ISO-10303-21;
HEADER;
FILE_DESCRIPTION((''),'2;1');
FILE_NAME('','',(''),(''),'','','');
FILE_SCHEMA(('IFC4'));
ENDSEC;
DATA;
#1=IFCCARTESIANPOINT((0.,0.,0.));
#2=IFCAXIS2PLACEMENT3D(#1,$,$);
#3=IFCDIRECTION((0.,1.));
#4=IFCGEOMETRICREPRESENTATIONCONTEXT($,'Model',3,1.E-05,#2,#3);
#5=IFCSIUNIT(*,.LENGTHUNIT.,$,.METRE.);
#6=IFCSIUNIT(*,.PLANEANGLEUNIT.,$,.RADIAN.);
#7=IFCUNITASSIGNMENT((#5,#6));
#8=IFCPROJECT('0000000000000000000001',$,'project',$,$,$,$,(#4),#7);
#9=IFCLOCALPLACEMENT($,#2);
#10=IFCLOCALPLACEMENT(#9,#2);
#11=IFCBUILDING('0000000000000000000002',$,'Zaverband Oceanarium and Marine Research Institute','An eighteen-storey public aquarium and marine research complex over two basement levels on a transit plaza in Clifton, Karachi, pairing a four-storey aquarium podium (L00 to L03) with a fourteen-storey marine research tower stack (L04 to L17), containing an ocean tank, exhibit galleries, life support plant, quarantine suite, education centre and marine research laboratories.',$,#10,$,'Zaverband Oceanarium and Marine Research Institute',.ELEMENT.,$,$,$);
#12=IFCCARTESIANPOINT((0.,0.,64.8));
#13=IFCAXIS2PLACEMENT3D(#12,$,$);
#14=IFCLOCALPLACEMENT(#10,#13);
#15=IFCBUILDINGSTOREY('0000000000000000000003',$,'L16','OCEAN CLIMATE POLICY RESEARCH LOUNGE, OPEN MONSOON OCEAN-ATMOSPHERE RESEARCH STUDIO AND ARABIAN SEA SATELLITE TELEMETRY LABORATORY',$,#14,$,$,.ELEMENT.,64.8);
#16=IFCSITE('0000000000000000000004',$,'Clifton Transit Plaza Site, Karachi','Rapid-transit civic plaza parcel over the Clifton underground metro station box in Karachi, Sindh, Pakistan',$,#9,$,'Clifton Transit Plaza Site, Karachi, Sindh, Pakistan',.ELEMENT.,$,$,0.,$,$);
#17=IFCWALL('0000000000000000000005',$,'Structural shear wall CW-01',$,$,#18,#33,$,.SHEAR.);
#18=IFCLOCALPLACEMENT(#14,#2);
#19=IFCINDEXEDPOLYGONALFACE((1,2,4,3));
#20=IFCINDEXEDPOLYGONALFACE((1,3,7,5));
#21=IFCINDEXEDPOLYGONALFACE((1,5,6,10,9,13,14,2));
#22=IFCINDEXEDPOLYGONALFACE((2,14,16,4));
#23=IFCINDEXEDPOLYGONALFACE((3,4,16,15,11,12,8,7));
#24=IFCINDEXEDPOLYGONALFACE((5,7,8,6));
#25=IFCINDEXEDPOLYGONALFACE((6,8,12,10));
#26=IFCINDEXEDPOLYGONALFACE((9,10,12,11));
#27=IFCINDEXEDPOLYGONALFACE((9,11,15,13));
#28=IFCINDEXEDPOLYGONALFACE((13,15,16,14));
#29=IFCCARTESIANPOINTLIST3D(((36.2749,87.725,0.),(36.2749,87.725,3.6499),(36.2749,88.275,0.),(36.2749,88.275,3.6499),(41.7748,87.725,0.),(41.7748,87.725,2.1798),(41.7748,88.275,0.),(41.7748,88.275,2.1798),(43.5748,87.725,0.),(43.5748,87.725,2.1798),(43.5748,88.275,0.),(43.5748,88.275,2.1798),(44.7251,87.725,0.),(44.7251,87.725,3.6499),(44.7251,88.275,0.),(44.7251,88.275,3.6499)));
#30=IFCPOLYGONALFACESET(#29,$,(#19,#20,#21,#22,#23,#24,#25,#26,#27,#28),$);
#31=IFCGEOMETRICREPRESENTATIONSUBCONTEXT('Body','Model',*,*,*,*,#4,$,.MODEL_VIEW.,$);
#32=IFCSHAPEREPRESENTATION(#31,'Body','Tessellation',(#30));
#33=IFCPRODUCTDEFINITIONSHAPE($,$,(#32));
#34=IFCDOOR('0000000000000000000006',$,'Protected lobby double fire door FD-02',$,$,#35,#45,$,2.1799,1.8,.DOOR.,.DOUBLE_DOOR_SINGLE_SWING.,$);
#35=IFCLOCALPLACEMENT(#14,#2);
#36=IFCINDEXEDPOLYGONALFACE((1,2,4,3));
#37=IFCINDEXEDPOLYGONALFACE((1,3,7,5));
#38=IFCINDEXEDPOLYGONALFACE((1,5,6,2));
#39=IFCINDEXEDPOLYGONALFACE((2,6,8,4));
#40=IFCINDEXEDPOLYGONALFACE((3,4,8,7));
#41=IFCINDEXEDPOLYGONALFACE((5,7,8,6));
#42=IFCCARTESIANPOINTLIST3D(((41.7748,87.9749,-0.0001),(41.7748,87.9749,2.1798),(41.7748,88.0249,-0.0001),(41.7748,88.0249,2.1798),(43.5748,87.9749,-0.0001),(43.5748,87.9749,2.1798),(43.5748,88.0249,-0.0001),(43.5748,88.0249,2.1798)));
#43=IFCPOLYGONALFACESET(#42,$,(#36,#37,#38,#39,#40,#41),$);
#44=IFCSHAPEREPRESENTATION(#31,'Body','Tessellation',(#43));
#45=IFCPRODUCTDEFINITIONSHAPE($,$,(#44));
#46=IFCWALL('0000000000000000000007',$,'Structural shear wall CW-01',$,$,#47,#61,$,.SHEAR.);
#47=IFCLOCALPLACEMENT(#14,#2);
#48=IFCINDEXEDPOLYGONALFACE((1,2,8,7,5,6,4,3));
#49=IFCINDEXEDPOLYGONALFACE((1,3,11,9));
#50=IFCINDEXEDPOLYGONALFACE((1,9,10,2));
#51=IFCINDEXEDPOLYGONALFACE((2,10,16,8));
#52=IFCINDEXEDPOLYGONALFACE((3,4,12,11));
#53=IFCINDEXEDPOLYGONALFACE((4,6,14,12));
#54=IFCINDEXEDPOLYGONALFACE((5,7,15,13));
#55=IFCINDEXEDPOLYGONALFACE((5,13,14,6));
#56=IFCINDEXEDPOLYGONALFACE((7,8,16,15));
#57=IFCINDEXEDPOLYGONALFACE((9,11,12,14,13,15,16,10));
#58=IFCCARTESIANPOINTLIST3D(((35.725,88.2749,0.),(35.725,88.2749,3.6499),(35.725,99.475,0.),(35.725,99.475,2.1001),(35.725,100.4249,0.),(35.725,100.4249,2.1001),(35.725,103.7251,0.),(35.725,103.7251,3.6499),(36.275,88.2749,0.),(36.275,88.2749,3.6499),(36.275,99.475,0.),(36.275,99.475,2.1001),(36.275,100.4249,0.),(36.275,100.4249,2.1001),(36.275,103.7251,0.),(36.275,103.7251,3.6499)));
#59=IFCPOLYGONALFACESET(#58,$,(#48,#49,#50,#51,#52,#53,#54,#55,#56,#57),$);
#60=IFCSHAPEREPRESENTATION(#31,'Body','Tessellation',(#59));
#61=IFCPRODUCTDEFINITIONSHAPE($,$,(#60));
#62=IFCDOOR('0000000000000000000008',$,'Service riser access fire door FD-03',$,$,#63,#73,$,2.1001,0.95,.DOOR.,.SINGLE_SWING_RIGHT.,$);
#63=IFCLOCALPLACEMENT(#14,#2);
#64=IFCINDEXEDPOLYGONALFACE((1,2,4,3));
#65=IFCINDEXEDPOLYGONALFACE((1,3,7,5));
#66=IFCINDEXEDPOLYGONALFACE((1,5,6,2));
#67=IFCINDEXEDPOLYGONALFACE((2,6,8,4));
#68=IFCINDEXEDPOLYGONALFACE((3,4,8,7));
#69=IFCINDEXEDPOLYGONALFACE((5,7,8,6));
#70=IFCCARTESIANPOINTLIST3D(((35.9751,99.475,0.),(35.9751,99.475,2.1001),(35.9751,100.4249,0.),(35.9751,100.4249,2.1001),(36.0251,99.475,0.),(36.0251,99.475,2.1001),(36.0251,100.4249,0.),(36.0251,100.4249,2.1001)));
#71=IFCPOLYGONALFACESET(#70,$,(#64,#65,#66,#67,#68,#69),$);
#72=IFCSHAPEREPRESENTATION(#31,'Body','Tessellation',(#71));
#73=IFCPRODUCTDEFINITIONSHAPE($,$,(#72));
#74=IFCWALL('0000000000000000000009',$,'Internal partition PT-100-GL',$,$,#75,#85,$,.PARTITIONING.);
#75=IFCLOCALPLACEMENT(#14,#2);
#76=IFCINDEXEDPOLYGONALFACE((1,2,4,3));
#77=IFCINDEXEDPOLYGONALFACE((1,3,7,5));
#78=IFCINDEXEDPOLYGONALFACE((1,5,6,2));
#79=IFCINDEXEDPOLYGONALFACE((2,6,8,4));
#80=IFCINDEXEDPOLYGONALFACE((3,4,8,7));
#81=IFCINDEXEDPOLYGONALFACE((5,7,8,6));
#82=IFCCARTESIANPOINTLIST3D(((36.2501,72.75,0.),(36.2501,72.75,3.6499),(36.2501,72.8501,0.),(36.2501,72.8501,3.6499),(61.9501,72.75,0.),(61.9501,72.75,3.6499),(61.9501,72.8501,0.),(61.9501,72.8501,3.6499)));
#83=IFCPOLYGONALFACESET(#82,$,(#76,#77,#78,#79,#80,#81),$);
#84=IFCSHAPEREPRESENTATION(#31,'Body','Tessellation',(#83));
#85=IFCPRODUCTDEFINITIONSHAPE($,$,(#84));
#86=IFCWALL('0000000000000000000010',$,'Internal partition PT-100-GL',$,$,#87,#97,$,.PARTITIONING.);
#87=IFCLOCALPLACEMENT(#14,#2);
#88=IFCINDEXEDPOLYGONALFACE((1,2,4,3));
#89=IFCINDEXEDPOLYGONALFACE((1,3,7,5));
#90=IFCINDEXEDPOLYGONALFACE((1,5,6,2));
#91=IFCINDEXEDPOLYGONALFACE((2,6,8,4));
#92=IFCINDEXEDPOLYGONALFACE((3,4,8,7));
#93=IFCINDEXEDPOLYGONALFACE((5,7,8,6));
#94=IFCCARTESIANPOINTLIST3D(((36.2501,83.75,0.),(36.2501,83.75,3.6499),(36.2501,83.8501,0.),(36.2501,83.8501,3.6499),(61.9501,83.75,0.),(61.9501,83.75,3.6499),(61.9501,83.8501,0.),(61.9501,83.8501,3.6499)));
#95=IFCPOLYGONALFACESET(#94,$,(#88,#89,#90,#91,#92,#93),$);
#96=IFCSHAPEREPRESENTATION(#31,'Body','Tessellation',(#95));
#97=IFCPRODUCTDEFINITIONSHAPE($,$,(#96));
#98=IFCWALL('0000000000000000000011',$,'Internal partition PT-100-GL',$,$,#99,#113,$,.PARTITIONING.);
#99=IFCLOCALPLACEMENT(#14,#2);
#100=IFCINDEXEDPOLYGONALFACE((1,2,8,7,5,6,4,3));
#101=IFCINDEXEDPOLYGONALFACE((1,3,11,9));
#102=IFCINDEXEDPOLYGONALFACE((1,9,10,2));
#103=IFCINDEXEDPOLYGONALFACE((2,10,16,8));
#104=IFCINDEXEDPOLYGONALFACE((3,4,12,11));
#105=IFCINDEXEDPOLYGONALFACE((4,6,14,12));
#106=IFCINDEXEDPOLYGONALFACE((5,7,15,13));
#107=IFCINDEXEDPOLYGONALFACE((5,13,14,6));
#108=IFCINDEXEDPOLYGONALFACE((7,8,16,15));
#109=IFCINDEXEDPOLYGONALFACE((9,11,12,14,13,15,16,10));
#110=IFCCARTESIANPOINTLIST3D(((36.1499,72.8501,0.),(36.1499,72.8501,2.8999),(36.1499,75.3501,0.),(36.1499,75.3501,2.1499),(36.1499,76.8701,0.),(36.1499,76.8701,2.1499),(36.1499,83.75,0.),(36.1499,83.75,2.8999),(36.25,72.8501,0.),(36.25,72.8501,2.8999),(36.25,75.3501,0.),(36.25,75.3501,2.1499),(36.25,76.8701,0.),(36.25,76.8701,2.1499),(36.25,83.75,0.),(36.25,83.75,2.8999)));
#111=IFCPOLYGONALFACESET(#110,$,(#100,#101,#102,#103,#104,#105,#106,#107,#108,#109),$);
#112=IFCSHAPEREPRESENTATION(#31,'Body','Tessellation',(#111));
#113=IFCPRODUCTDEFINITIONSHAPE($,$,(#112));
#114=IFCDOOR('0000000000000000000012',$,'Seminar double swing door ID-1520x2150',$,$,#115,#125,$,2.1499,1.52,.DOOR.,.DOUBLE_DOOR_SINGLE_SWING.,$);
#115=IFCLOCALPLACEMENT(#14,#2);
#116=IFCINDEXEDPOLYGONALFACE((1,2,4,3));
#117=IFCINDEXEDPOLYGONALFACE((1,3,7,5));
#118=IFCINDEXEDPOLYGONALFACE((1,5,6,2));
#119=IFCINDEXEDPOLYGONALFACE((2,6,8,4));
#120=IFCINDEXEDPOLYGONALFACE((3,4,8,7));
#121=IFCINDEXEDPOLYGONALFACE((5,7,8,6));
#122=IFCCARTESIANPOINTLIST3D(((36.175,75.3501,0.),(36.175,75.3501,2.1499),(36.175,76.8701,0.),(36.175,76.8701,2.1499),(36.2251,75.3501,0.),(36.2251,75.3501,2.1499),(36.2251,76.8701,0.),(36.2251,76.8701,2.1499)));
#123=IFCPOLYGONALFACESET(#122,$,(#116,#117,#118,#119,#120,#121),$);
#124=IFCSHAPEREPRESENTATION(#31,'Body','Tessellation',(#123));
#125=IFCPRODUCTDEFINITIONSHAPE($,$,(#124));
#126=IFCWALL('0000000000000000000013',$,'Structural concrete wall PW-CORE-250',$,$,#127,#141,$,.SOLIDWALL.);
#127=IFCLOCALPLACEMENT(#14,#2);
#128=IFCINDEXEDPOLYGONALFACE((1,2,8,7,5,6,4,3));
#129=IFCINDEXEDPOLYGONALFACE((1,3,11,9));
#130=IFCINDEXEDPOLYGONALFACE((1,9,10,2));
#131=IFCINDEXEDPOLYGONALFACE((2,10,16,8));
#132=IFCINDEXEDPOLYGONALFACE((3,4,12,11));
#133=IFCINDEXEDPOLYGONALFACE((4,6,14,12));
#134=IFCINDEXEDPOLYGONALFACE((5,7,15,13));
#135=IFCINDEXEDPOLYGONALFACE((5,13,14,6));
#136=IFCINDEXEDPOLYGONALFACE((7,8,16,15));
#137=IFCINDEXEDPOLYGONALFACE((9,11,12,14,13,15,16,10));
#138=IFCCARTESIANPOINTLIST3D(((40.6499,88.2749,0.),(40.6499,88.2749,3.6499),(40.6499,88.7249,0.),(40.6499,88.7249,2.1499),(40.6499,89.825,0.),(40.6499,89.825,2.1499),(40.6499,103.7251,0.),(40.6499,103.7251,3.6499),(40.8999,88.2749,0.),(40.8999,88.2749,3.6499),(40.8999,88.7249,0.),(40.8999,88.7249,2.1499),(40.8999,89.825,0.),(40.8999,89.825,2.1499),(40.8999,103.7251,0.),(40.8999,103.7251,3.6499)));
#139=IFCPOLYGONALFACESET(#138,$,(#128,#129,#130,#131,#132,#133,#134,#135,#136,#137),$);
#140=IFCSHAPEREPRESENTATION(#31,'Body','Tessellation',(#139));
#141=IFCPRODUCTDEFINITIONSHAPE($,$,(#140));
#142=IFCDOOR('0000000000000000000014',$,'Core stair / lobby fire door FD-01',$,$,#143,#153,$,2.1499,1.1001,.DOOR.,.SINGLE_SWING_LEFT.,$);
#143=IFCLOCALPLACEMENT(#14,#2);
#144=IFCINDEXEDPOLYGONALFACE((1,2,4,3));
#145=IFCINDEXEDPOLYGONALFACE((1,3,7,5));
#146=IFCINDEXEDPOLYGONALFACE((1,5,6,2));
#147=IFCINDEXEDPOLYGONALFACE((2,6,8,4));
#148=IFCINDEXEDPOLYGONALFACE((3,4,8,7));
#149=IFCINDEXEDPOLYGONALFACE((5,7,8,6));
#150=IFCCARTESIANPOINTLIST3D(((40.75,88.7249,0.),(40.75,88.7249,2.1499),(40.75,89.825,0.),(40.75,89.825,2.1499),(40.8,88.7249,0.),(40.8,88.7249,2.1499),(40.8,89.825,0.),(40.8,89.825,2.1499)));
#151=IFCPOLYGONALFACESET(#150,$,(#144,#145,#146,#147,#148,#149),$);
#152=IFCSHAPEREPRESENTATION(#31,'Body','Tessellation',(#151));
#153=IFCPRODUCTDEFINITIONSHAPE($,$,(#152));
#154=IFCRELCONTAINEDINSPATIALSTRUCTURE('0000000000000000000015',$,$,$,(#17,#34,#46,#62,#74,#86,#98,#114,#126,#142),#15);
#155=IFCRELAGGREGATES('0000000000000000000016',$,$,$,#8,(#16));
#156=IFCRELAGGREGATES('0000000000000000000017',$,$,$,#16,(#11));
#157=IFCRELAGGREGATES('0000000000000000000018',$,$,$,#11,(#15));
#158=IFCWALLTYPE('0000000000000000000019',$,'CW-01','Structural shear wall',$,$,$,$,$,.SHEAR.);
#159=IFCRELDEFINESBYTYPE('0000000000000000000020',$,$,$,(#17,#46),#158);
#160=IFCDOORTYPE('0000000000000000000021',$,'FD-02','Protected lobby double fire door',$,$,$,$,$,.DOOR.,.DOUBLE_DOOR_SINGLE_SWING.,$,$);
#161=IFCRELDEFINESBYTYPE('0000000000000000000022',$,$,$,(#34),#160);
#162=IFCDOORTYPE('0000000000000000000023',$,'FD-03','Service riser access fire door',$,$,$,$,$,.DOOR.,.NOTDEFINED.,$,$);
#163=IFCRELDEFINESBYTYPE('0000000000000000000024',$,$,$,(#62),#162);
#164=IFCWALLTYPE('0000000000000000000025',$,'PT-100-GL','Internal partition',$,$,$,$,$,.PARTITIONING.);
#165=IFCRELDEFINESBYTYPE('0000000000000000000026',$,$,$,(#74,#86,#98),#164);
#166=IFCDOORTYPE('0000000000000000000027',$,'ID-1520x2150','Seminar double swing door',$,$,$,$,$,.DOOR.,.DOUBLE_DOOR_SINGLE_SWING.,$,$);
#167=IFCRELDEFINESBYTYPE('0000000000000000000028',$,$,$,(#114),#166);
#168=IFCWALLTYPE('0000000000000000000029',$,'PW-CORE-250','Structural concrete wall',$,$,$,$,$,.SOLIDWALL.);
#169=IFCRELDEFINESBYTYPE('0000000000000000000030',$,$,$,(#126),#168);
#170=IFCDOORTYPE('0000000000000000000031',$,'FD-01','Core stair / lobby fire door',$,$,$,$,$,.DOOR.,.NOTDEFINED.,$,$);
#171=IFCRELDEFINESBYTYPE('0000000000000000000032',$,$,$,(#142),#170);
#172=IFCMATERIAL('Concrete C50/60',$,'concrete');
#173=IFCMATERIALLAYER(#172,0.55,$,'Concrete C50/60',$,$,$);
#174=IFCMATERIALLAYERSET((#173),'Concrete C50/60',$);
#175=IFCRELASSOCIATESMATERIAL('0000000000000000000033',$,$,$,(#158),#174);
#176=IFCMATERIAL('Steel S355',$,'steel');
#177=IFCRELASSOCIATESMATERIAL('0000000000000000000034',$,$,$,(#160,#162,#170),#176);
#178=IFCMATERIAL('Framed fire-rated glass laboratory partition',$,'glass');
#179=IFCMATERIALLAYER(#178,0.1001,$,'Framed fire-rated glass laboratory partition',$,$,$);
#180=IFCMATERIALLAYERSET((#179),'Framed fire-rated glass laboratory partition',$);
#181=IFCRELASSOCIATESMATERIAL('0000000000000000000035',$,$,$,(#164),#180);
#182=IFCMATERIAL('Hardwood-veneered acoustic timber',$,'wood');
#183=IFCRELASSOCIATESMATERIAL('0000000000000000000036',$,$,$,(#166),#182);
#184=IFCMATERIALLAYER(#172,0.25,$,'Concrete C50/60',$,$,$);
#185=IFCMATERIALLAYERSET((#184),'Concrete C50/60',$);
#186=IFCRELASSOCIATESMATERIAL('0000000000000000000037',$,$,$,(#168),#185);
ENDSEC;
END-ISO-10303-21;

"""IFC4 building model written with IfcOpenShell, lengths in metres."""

from ifc_helpers import new_model, si_unit, direction, frame, frame_2d, origin, place, context, subcontext, project, spatial, rectangle, extrude, material, layer, layer_set, type_object, element, fill, save


model = new_model("IFC4")

# Units and contexts
model_context = context("Model", 3, precision=1e-05, world=origin(), true_north=direction((0.0, 1.0)))
body_context = subcontext(model_context, "Body", "Model", "MODEL_VIEW")
ifc_project = project(units=[si_unit("LENGTHUNIT", "METRE"), si_unit("PLANEANGLEUNIT", "RADIAN")], contexts=[model_context])

# Site, building, storey
site_placement = place(None, origin())
site = spatial("IfcSite", under=ifc_project, at=site_placement, Name="Clifton Transit Plaza Site, Karachi", Description="Rapid-transit civic plaza parcel over the Clifton underground metro station box in Karachi, Sindh, Pakistan", LongName="Clifton Transit Plaza Site, Karachi, Sindh, Pakistan", CompositionType="ELEMENT", RefElevation=0.0)
building_placement = place(site_placement, origin())
building = spatial("IfcBuilding", under=site, at=building_placement, Name="Zaverband Oceanarium and Marine Research Institute", Description="An eighteen-storey public aquarium and marine research complex over two basement levels on a transit plaza in Clifton, Karachi, pairing a four-storey aquarium podium (L00 to L03) with a fourteen-storey marine research tower stack (L04 to L17), containing an ocean tank, exhibit galleries, life support plant, quarantine suite, education centre and marine research laboratories.", LongName="Zaverband Oceanarium and Marine Research Institute", CompositionType="ELEMENT")
storey_placement = place(building_placement, frame((0.0, 0.0, 64.8)))
storey = spatial("IfcBuildingStorey", under=building, at=storey_placement, Name="L16", Description="OCEAN CLIMATE POLICY RESEARCH LOUNGE, OPEN MONSOON OCEAN-ATMOSPHERE RESEARCH STUDIO AND ARABIAN SEA SATELLITE TELEMETRY LABORATORY", CompositionType="ELEMENT", Elevation=64.8)

# Shared definitions
ifc_material_1 = material(Name="Concrete C50/60", Category="concrete")

# Shared definitions
ifc_layer_1 = layer(ifc_material_1, 0.55, Name="Concrete C50/60")
ifc_layer_set_1 = layer_set([ifc_layer_1], Name="Concrete C50/60")
wall_type_1 = type_object("IfcWallType", Name="CW-01", Description="Structural shear wall", PredefinedType="SHEAR", material=ifc_layer_set_1)
ifc_material_2 = material(Name="Steel S355", Category="steel")

# Walls, openings, doors
wall_1_placement = place(storey_placement, frame((36.2749, 88.0, 0.0), z_axis=(0.0, 0.0, 1.0), x_axis=(1.0, 0.0, 0.0)))
wall_1 = element("IfcWall", 1, at=wall_1_placement, inside=storey, type_object=wall_type_1, Name="Structural shear wall CW-01", PredefinedType="SHEAR", context=body_context, shape_type="SweptSolid", body=[
    extrude(rectangle(XDim=8.4502, YDim=0.55, at=frame_2d((4.2251, 0.0))), origin(), (0.0, 0.0, 1.0), 3.6499),
])
opening_1_placement = place(wall_1_placement, frame((5.5, 0.0, 0.0)))
opening_1 = element("IfcOpeningElement", 2, at=opening_1_placement, cuts=wall_1, PredefinedType="OPENING", context=body_context, shape_type="SweptSolid", body=[
    extrude(rectangle(XDim=1.8, YDim=2.1799, at=frame_2d((0.8999, 1.0898))), frame((0.0, 0.2871, 0.0), z_axis=(0.0, -1.0, 0.0), x_axis=(1.0, 0.0, 0.0)), (0.0, 0.0, 1.0), 0.574),
])
door_type_1 = type_object("IfcDoorType", Name="FD-02", Description="Protected lobby double fire door", OperationType="DOUBLE_DOOR_SINGLE_SWING", PredefinedType="DOOR", material=ifc_material_2)
door_1_placement = place(opening_1_placement, origin())
door_1 = element("IfcDoor", 3, at=door_1_placement, inside=storey, type_object=door_type_1, Name="Protected lobby double fire door FD-02", OperationType="DOUBLE_DOOR_SINGLE_SWING", OverallHeight=2.1799, OverallWidth=1.8, PredefinedType="DOOR", context=body_context, shape_type="SweptSolid", body=[
    extrude(rectangle(XDim=1.8, YDim=2.1799, at=frame_2d((0.8999, 1.0898))), frame((0.0, 0.0249, 0.0), z_axis=(0.0, -1.0, 0.0), x_axis=(1.0, 0.0, 0.0)), (0.0, 0.0, 1.0), 0.05),
])
fill(opening_1, door_1)
wall_2_placement = place(storey_placement, frame((36.0, 88.2749, 0.0), z_axis=(0.0, 0.0, 1.0), x_axis=(0.0, 1.0, 0.0)))
wall_2 = element("IfcWall", 4, at=wall_2_placement, inside=storey, type_object=wall_type_1, Name="Structural shear wall CW-01", PredefinedType="SHEAR", context=body_context, shape_type="SweptSolid", body=[
    extrude(rectangle(XDim=15.4502, YDim=0.55, at=frame_2d((7.7251, 0.0))), origin(), (0.0, 0.0, 1.0), 3.6499),
])
opening_2_placement = place(wall_2_placement, frame((11.2, 0.0, 0.0)))
opening_2 = element("IfcOpeningElement", 5, at=opening_2_placement, cuts=wall_2, PredefinedType="OPENING", context=body_context, shape_type="SweptSolid", body=[
    extrude(rectangle(XDim=0.95, YDim=2.1001, at=frame_2d((0.4751, 1.05))), frame((0.0, 0.2871, 0.0), z_axis=(0.0, -1.0, 0.0), x_axis=(1.0, 0.0, 0.0)), (0.0, 0.0, 1.0), 0.574),
])
door_type_2 = type_object("IfcDoorType", Name="FD-03", Description="Service riser access fire door", OperationType="NOTDEFINED", PredefinedType="DOOR", material=ifc_material_2)
door_2_placement = place(opening_2_placement, origin())
door_2 = element("IfcDoor", 6, at=door_2_placement, inside=storey, type_object=door_type_2, Name="Service riser access fire door FD-03", OperationType="SINGLE_SWING_RIGHT", OverallHeight=2.1001, OverallWidth=0.95, PredefinedType="DOOR", context=body_context, shape_type="SweptSolid", body=[
    extrude(rectangle(XDim=0.95, YDim=2.1001, at=frame_2d((0.4751, 1.05))), frame((0.0, 0.0249, 0.0), z_axis=(0.0, -1.0, 0.0), x_axis=(1.0, 0.0, 0.0)), (0.0, 0.0, 1.0), 0.05),
])
fill(opening_2, door_2)

# Walls
ifc_material_3 = material(Name="Framed fire-rated glass laboratory partition", Category="glass")
ifc_layer_2 = layer(ifc_material_3, 0.1001, Name="Framed fire-rated glass laboratory partition")
ifc_layer_set_2 = layer_set([ifc_layer_2], Name="Framed fire-rated glass laboratory partition")
wall_type_2 = type_object("IfcWallType", Name="PT-100-GL", Description="Internal partition", PredefinedType="PARTITIONING", material=ifc_layer_set_2)
for number, where, z_axis, x_axis, name in (
    (7, (36.25, 72.8, 0.0), (0.0, 0.0, 1.0), (1.0, 0.0, 0.0), "Internal partition PT-100-GL"),
    (8, (36.25, 83.8, 0.0), (0.0, 0.0, 1.0), (1.0, 0.0, 0.0), "Internal partition PT-100-GL"),
):
    element("IfcWall", number, at=place(storey_placement, frame(where, z_axis=z_axis, x_axis=x_axis)), inside=storey, type_object=wall_type_2, Name=name, PredefinedType="PARTITIONING", context=body_context, shape_type="SweptSolid", body=[
        extrude(rectangle(XDim=25.7, YDim=0.1001, at=frame_2d((12.8501, 0.0))), origin(), (0.0, 0.0, 1.0), 3.6499),
    ])

# Walls, openings, doors
wall_3_placement = place(storey_placement, frame((36.2, 72.8501, 0.0), z_axis=(0.0, 0.0, 1.0), x_axis=(0.0, 1.0, 0.0)))
wall_3 = element("IfcWall", 9, at=wall_3_placement, inside=storey, type_object=wall_type_2, Name="Internal partition PT-100-GL", PredefinedType="PARTITIONING", context=body_context, shape_type="SweptSolid", body=[
    extrude(rectangle(XDim=10.8999, YDim=0.1001, at=frame_2d((5.45, 0.0))), origin(), (0.0, 0.0, 1.0), 2.8999),
])
opening_3_placement = place(wall_3_placement, frame((2.5, 0.0, 0.0)))
opening_3 = element("IfcOpeningElement", 10, at=opening_3_placement, cuts=wall_3, PredefinedType="OPENING", context=body_context, shape_type="SweptSolid", body=[
    extrude(rectangle(XDim=1.52, YDim=2.1499, at=frame_2d((0.76, 1.075))), frame((0.0, 0.062, 0.0), z_axis=(0.0, -1.0, 0.0), x_axis=(1.0, 0.0, 0.0)), (0.0, 0.0, 1.0), 0.124),
])
ifc_material_4 = material(Name="Hardwood-veneered acoustic timber", Category="wood")
door_type_3 = type_object("IfcDoorType", Name="ID-1520x2150", Description="Seminar double swing door", OperationType="DOUBLE_DOOR_SINGLE_SWING", PredefinedType="DOOR", material=ifc_material_4)
door_3_placement = place(opening_3_placement, origin())
door_3 = element("IfcDoor", 11, at=door_3_placement, inside=storey, type_object=door_type_3, Name="Seminar double swing door ID-1520x2150", OperationType="DOUBLE_DOOR_SINGLE_SWING", OverallHeight=2.1499, OverallWidth=1.52, PredefinedType="DOOR", context=body_context, shape_type="SweptSolid", body=[
    extrude(rectangle(XDim=1.52, YDim=2.1499, at=frame_2d((0.76, 1.075))), frame((0.0, 0.0249, 0.0), z_axis=(0.0, -1.0, 0.0), x_axis=(1.0, 0.0, 0.0)), (0.0, 0.0, 1.0), 0.05),
])
fill(opening_3, door_3)
ifc_layer_3 = layer(ifc_material_1, 0.25, Name="Concrete C50/60")
ifc_layer_set_3 = layer_set([ifc_layer_3], Name="Concrete C50/60")
wall_type_3 = type_object("IfcWallType", Name="PW-CORE-250", Description="Structural concrete wall", PredefinedType="SOLIDWALL", material=ifc_layer_set_3)
wall_4_placement = place(storey_placement, frame((40.7749, 88.2749, 0.0), z_axis=(0.0, 0.0, 1.0), x_axis=(0.0, 1.0, 0.0)))
wall_4 = element("IfcWall", 12, at=wall_4_placement, inside=storey, type_object=wall_type_3, Name="Structural concrete wall PW-CORE-250", PredefinedType="SOLIDWALL", context=body_context, shape_type="SweptSolid", body=[
    extrude(rectangle(XDim=15.4502, YDim=0.25, at=frame_2d((7.7251, 0.0))), origin(), (0.0, 0.0, 1.0), 3.6499),
])
opening_4_placement = place(wall_4_placement, frame((0.45, 0.0, 0.0)))
opening_4 = element("IfcOpeningElement", 13, at=opening_4_placement, cuts=wall_4, PredefinedType="OPENING", context=body_context, shape_type="SweptSolid", body=[
    extrude(rectangle(XDim=1.1001, YDim=2.1499, at=frame_2d((0.55, 1.075))), frame((0.0, 0.137, 0.0), z_axis=(0.0, -1.0, 0.0), x_axis=(1.0, 0.0, 0.0)), (0.0, 0.0, 1.0), 0.2739),
])
door_type_4 = type_object("IfcDoorType", Name="FD-01", Description="Core stair / lobby fire door", OperationType="NOTDEFINED", PredefinedType="DOOR", material=ifc_material_2)
door_4_placement = place(opening_4_placement, origin())
door_4 = element("IfcDoor", 14, at=door_4_placement, inside=storey, type_object=door_type_4, Name="Core stair / lobby fire door FD-01", OperationType="SINGLE_SWING_LEFT", OverallHeight=2.1499, OverallWidth=1.1001, PredefinedType="DOOR", context=body_context, shape_type="SweptSolid", body=[
    extrude(rectangle(XDim=1.1001, YDim=2.1499, at=frame_2d((0.55, 1.075))), frame((0.0, 0.0249, 0.0), z_axis=(0.0, -1.0, 0.0), x_axis=(1.0, 0.0, 0.0)), (0.0, 0.0, 1.0), 0.05),
])
fill(opening_4, door_4)

save(model, "model.ifc")
